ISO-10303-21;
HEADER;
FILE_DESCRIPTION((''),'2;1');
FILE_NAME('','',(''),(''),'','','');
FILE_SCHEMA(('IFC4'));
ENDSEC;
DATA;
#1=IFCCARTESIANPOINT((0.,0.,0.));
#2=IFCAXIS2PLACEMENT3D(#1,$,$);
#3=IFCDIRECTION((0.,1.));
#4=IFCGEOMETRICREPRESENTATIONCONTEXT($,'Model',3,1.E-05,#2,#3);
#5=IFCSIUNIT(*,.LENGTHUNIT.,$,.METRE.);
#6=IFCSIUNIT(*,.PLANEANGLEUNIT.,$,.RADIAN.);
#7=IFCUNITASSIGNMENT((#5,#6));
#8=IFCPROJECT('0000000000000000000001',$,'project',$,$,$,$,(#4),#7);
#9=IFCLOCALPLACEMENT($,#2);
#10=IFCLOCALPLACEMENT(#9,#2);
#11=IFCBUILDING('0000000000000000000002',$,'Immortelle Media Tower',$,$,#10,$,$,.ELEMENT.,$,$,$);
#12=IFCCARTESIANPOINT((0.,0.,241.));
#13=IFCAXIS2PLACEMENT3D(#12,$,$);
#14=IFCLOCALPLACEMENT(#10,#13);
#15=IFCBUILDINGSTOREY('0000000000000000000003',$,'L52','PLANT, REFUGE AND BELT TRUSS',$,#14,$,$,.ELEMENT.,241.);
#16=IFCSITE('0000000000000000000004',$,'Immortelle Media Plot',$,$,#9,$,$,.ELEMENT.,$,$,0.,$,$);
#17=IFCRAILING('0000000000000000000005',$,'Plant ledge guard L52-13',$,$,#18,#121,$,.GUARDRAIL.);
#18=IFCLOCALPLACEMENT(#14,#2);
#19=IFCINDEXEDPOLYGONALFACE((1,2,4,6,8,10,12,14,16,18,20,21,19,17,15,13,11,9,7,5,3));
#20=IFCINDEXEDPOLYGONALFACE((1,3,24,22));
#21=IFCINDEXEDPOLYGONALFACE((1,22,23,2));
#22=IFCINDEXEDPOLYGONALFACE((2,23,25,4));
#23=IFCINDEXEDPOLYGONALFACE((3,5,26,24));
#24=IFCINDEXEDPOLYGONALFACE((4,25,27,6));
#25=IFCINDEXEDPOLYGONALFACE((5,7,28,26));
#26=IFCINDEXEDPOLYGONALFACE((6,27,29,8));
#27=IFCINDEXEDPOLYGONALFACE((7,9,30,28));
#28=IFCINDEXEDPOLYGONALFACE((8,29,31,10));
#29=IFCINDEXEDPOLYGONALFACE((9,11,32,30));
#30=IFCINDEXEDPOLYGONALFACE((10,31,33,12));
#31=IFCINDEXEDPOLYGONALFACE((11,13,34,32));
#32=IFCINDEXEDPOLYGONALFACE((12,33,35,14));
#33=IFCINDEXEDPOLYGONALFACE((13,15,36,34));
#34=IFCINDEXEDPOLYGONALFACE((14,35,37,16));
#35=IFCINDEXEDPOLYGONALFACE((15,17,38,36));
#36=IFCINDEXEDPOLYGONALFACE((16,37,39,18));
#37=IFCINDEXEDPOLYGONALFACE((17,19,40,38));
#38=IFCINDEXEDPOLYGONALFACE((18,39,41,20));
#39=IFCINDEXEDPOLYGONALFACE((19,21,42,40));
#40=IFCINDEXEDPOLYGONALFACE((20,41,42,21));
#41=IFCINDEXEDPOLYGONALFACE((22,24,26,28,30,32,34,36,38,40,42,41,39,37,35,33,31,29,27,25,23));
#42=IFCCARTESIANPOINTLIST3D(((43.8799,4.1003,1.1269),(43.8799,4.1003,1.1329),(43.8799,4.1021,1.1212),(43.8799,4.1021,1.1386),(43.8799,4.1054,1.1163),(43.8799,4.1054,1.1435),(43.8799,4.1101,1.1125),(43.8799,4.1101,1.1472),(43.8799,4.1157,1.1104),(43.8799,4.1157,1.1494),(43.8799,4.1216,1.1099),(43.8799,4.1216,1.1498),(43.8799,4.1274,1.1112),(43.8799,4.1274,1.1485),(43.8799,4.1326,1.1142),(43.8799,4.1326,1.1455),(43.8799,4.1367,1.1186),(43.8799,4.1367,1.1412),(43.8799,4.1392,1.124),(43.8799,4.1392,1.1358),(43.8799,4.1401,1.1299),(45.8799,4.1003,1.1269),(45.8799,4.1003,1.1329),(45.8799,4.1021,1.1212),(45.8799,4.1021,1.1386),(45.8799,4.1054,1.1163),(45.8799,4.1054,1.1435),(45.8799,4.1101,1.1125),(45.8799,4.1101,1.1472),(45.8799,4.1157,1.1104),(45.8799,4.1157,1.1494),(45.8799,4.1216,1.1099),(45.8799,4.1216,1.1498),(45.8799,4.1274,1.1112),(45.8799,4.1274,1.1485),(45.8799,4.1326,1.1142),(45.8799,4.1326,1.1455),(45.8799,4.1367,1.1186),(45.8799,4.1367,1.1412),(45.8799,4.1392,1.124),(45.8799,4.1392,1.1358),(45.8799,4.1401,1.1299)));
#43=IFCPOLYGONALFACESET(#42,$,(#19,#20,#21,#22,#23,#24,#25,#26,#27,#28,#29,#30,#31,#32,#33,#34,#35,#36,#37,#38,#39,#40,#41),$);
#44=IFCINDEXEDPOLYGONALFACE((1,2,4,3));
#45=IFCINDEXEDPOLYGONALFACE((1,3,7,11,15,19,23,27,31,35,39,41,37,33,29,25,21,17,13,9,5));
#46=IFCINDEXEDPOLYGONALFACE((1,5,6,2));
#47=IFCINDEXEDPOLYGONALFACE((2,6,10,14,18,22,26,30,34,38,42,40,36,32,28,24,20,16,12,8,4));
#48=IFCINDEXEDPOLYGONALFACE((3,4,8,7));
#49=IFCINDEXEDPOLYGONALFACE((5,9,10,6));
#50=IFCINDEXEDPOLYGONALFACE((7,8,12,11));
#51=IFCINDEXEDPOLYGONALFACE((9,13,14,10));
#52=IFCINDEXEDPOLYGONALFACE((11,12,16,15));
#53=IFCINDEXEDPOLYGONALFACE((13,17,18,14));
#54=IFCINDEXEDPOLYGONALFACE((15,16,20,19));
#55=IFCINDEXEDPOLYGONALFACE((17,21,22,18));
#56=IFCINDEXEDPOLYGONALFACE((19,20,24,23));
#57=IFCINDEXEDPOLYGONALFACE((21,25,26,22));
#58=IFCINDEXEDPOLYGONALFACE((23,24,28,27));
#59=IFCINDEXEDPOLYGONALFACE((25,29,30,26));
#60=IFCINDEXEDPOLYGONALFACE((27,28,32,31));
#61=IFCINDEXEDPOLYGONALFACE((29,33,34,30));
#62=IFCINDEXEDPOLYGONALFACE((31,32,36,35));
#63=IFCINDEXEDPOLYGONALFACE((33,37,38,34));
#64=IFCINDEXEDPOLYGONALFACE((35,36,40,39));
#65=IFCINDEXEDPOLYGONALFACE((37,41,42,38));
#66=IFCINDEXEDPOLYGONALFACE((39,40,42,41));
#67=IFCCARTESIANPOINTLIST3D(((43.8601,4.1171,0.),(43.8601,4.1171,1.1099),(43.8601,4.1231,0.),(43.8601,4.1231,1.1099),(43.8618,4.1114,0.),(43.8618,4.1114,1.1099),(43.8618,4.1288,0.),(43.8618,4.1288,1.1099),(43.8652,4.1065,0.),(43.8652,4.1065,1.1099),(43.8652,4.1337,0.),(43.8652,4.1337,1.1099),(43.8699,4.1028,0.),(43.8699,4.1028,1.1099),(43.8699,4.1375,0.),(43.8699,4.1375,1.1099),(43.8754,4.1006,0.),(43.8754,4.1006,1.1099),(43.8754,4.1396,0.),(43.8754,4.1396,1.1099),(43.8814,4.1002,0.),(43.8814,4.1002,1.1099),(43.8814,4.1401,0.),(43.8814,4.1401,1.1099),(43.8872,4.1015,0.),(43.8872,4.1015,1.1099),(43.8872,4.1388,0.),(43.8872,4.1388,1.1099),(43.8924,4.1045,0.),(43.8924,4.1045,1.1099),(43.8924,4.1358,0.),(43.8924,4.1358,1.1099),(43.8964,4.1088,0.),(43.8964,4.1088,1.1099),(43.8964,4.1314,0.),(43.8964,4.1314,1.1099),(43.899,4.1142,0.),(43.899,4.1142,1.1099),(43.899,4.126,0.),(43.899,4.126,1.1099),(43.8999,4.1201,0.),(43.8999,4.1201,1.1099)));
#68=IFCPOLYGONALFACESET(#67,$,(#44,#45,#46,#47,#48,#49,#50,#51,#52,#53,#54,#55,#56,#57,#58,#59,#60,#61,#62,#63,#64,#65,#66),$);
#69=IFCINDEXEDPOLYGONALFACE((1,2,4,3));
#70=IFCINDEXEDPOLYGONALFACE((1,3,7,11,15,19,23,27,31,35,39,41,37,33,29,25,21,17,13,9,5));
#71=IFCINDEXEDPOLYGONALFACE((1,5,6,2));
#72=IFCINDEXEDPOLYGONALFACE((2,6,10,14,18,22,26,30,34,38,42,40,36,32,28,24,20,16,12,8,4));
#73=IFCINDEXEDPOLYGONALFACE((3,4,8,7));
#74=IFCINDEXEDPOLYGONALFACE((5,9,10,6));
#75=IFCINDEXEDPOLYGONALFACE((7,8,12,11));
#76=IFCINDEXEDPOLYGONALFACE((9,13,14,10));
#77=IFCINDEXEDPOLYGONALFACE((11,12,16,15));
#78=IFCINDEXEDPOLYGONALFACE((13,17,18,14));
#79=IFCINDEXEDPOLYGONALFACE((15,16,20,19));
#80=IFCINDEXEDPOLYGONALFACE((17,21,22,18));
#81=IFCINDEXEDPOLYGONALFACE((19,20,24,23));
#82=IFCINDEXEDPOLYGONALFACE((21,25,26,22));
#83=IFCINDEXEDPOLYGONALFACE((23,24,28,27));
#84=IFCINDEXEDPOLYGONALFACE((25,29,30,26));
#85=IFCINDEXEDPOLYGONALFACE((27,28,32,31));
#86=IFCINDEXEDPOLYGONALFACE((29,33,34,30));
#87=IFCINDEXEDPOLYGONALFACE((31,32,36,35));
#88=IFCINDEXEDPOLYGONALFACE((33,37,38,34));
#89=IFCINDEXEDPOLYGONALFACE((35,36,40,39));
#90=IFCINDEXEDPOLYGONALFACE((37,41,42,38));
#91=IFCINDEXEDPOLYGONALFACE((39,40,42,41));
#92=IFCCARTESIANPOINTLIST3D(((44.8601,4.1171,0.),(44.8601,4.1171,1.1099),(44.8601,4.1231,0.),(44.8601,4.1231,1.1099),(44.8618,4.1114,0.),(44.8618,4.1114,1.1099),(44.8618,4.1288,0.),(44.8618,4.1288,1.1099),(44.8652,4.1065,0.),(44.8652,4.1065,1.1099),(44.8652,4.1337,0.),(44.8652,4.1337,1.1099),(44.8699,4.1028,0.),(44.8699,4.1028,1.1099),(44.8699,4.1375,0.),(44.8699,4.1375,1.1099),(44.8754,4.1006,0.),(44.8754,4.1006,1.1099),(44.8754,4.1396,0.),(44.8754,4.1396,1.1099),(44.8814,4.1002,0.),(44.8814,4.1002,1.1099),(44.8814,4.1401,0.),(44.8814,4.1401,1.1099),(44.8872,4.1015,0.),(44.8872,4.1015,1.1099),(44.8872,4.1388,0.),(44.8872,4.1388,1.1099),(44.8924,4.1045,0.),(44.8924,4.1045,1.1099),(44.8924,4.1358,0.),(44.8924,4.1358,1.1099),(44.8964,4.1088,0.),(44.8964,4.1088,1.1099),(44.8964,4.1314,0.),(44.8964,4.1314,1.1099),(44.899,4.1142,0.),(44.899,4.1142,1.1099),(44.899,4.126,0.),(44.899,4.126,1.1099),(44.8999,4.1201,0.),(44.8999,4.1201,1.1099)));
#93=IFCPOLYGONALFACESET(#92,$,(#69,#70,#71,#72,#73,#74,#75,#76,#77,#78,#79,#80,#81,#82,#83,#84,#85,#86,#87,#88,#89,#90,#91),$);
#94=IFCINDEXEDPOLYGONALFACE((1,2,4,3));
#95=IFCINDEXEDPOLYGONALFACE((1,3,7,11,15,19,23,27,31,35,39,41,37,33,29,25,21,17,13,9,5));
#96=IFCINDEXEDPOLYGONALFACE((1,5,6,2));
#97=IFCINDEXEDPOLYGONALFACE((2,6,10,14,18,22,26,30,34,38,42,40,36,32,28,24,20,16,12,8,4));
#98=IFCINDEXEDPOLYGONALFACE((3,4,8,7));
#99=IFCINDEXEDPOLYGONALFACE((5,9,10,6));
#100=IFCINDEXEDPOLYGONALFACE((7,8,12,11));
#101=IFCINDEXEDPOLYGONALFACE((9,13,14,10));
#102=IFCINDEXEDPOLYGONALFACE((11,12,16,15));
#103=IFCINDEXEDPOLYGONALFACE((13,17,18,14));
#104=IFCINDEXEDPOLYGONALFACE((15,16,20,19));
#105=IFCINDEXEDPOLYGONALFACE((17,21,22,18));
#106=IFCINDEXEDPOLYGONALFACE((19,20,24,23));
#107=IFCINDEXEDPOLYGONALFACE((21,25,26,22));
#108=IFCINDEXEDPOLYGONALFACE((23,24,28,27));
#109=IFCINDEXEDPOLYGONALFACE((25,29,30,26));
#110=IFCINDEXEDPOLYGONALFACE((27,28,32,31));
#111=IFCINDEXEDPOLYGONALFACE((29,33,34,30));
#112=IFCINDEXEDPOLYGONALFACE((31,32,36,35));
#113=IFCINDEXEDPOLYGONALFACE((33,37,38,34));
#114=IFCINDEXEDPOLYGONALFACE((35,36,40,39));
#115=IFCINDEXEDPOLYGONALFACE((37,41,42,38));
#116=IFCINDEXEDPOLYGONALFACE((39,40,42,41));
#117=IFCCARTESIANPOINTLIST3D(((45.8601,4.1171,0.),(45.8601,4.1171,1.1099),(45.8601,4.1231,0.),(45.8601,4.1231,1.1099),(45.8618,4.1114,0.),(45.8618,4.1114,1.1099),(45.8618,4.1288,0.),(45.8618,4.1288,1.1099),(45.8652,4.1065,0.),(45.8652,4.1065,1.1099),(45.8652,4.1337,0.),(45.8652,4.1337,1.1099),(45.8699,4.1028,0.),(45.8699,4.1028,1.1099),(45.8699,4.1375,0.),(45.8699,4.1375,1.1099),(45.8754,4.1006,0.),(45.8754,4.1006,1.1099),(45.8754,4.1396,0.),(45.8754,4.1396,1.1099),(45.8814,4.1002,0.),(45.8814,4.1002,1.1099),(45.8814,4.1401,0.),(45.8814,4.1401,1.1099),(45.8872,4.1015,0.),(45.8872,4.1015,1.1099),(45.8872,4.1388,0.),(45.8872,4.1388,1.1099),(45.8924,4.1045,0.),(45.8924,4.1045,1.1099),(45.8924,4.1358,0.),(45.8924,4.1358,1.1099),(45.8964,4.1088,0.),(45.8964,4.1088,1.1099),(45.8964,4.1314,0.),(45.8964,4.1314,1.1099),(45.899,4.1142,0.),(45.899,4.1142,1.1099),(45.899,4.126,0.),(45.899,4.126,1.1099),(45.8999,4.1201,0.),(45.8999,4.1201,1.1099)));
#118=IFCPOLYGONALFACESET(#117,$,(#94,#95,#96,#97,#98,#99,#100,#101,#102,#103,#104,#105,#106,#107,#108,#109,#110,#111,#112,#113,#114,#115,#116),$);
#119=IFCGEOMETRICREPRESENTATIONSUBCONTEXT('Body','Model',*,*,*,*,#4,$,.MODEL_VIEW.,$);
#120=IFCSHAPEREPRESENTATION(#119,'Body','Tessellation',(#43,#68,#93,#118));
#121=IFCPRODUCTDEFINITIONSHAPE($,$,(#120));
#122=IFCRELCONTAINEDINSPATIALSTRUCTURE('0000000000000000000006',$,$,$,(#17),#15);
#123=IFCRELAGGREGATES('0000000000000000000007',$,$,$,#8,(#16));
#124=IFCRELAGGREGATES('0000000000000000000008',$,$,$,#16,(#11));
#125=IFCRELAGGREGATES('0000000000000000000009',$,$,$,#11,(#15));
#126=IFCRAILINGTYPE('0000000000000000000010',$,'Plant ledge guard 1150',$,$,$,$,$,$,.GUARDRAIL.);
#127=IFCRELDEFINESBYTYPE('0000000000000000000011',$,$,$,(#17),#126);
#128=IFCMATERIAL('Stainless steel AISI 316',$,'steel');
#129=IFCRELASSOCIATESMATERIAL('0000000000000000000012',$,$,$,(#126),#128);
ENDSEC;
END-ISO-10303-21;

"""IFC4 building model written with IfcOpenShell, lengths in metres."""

from ifc_helpers import new_model, si_unit, direction, frame, origin, origin_2d, place, context, subcontext, project, spatial, circle, extrude, material, type_object, element, save


model = new_model("IFC4")

# Units and contexts
model_context = context("Model", 3, precision=1e-05, world=origin(), true_north=direction((0.0, 1.0)))
body_context = subcontext(model_context, "Body", "Model", "MODEL_VIEW")
ifc_project = project(units=[si_unit("LENGTHUNIT", "METRE"), si_unit("PLANEANGLEUNIT", "RADIAN")], contexts=[model_context])

# Site, building, storey
site_placement = place(None, origin())
site = spatial("IfcSite", under=ifc_project, at=site_placement, Name="Immortelle Media Plot", CompositionType="ELEMENT", RefElevation=0.0)
building_placement = place(site_placement, origin())
building = spatial("IfcBuilding", under=site, at=building_placement, Name="Immortelle Media Tower", CompositionType="ELEMENT")
storey_placement = place(building_placement, frame((0.0, 0.0, 241.0)))
storey = spatial("IfcBuildingStorey", under=building, at=storey_placement, Name="L52", Description="PLANT, REFUGE AND BELT TRUSS", CompositionType="ELEMENT", Elevation=241.0)

# Railing
ifc_material_1 = material(Name="Stainless steel AISI 316", Category="steel")
railing_type = type_object("IfcRailingType", Name="Plant ledge guard 1150", PredefinedType="GUARDRAIL", material=ifc_material_1)
railing_1_placement = place(storey_placement, frame((43.8799, 4.1201, 0.0)))
element("IfcRailing", 1, at=railing_1_placement, inside=storey, type_object=railing_type, Name="Plant ledge guard L52-13", PredefinedType="GUARDRAIL", context=body_context, shape_type="SweptSolid", body=[
    extrude(circle(Radius=0.02, at=origin_2d()), frame((0.0, 0.0, 1.1299), z_axis=(1.0, 0.0, 0.0), x_axis=(0.0, 1.0, 0.0)), (0.0, 0.0, 1.0), 2.0),
    extrude(circle(Radius=0.02, at=origin_2d()), origin(), (0.0, 0.0, 1.0), 1.1099),
    extrude(circle(Radius=0.02, at=origin_2d()), frame((1.0, 0.0, 0.0)), (0.0, 0.0, 1.0), 1.1099),
    extrude(circle(Radius=0.02, at=origin_2d()), frame((2.0, 0.0, 0.0)), (0.0, 0.0, 1.0), 1.1099),
])

save(model, "model.ifc")
